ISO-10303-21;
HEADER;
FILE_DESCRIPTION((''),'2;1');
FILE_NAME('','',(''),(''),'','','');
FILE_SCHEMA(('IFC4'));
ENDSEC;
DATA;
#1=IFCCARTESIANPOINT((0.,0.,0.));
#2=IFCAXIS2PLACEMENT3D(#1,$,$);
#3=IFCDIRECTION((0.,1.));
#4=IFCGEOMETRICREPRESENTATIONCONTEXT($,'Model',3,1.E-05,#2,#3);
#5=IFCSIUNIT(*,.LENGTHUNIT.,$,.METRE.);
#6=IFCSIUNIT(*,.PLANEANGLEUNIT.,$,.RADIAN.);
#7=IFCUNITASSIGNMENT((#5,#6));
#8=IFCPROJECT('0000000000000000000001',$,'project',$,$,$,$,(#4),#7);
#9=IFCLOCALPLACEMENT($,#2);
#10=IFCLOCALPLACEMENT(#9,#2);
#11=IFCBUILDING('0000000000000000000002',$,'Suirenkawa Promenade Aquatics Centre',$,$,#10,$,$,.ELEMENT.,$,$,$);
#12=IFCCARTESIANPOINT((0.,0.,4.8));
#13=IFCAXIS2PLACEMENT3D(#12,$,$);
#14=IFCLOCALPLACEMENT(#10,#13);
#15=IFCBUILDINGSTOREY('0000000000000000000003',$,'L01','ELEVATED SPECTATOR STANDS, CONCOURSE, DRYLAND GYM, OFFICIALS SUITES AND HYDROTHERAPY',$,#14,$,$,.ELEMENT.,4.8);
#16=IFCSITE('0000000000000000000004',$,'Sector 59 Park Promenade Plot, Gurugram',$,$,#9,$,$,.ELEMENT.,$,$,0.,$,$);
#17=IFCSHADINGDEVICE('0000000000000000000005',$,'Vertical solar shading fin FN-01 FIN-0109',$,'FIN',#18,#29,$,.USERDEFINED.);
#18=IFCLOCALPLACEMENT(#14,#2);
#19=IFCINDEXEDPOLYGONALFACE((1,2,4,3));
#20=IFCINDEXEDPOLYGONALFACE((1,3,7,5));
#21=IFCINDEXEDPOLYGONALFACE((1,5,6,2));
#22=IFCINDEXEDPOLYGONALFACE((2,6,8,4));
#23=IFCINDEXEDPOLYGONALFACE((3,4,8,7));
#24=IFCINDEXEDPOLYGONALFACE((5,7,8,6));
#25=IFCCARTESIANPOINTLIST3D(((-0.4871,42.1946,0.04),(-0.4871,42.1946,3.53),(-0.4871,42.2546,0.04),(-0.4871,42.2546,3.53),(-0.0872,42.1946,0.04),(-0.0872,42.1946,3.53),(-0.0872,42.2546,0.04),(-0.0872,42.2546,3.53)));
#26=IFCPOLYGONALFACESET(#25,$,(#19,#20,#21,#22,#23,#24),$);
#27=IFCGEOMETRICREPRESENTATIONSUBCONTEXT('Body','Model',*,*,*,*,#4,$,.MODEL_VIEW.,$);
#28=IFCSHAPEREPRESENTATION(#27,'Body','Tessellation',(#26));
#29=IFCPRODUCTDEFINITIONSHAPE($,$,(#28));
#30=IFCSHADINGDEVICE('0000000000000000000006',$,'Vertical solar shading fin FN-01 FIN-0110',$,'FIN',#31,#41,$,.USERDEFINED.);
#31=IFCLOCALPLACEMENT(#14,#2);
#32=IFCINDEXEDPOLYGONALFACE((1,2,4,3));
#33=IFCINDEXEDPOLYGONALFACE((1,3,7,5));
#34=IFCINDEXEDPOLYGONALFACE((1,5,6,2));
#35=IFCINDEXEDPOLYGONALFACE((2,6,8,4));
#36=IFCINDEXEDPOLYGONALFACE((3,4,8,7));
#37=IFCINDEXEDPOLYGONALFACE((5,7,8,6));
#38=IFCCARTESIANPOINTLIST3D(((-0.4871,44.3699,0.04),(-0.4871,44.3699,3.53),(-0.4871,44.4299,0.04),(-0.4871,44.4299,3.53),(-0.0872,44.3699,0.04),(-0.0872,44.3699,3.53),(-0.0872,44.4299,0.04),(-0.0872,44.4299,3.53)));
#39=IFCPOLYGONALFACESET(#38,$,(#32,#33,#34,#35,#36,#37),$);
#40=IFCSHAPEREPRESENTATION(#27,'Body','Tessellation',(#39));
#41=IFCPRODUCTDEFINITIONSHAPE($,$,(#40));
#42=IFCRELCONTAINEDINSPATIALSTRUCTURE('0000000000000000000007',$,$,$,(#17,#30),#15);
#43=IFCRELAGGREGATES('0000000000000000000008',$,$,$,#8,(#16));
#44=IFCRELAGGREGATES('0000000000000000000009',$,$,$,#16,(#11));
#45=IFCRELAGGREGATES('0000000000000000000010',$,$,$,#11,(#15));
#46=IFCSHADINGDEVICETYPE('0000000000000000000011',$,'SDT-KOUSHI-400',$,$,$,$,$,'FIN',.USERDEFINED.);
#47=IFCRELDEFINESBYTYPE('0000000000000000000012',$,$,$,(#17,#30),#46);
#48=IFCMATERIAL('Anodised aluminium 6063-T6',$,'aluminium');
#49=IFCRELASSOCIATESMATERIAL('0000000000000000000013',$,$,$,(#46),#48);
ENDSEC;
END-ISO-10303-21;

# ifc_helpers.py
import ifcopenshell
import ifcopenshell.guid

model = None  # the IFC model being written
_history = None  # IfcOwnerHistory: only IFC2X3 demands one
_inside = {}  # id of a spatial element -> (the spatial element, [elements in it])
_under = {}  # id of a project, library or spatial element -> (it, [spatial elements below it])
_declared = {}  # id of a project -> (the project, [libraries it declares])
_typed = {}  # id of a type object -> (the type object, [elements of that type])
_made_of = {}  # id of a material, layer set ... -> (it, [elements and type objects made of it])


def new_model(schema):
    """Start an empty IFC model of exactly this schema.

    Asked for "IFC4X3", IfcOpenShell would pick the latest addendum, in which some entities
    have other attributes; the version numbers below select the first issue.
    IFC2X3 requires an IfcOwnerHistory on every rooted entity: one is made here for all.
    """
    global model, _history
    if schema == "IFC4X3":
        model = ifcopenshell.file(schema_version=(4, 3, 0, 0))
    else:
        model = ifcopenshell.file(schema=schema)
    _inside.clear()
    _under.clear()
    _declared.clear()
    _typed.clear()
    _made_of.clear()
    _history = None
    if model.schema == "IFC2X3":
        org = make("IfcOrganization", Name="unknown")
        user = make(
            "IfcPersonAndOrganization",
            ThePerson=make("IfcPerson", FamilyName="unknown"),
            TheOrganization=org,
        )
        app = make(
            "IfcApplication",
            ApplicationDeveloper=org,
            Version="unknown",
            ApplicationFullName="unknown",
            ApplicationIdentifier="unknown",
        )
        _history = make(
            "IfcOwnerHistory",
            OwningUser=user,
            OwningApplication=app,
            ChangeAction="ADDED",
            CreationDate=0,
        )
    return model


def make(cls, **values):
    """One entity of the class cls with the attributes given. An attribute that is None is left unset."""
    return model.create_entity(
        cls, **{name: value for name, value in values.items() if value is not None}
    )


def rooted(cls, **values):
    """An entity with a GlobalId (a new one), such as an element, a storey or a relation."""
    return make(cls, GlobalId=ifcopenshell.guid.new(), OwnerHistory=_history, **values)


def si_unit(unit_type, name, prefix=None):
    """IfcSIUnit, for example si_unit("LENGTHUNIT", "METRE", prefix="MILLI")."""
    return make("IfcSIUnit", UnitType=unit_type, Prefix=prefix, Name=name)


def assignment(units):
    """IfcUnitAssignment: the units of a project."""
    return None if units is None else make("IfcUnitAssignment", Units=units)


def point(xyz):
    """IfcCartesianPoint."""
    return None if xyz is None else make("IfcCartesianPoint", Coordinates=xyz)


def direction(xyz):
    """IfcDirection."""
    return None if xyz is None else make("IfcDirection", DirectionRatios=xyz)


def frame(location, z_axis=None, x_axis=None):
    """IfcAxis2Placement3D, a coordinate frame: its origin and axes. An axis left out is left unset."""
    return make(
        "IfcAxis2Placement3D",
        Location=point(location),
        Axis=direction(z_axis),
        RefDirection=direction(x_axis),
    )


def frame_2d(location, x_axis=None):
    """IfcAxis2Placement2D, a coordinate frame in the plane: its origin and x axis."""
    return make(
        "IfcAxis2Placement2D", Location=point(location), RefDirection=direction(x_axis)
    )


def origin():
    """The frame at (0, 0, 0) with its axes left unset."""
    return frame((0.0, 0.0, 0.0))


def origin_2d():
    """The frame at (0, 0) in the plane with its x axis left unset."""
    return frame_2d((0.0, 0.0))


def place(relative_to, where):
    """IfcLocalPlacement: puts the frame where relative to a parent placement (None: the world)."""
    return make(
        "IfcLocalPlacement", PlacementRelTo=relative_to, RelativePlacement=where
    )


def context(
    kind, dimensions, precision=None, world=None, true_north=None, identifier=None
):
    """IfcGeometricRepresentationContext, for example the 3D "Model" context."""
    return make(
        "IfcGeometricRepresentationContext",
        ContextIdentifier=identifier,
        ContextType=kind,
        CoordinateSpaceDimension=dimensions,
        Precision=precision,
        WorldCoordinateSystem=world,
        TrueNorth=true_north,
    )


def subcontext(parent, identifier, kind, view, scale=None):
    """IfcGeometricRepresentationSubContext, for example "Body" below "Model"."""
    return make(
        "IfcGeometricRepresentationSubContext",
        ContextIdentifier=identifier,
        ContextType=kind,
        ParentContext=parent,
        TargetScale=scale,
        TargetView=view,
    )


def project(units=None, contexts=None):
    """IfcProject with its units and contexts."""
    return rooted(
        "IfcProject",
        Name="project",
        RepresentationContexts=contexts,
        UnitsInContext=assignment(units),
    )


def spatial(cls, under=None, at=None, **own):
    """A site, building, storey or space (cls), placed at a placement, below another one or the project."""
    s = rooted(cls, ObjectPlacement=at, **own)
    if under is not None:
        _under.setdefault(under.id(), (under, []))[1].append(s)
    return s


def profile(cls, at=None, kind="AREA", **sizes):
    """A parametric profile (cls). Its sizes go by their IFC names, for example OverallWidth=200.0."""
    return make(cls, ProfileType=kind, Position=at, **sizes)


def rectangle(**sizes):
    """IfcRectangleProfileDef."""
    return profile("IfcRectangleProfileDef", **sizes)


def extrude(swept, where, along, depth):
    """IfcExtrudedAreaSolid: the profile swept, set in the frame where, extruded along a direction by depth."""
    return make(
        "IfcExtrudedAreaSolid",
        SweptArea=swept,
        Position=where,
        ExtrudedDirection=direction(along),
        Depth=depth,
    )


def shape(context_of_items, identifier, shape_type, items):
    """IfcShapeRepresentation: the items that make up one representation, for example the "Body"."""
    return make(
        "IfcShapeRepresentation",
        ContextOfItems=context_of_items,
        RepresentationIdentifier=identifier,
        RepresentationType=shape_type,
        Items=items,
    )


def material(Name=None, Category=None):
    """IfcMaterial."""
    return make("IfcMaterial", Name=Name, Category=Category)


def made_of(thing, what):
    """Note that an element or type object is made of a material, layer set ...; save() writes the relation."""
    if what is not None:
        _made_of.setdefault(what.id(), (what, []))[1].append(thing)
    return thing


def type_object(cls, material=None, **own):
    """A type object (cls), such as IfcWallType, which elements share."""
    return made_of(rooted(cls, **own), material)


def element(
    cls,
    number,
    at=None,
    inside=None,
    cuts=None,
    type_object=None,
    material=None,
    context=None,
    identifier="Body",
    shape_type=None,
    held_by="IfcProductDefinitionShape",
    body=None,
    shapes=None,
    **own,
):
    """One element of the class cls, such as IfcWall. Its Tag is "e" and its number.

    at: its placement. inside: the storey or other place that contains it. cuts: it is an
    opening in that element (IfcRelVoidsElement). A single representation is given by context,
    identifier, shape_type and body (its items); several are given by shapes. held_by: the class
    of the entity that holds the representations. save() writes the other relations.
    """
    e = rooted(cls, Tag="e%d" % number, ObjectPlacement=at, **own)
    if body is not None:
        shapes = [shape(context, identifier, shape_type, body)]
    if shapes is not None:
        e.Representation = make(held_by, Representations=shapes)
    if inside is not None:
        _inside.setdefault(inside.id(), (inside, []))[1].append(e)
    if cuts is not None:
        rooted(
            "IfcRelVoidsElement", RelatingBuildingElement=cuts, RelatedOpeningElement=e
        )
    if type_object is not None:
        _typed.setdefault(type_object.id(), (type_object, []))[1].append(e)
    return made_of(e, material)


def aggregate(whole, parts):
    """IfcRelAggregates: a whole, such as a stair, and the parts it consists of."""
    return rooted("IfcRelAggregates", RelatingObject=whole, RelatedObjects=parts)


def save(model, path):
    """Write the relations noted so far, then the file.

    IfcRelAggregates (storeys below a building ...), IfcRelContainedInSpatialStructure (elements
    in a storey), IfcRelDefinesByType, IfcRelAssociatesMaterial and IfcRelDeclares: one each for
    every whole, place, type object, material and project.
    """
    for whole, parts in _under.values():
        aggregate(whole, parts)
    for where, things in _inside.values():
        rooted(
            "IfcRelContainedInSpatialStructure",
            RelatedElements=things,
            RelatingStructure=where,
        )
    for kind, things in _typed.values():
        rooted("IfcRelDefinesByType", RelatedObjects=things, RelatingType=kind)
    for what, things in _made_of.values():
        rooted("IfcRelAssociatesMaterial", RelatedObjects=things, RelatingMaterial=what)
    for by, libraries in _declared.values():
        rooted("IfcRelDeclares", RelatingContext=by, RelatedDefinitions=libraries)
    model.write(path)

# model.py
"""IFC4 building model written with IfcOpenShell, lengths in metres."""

from ifc_helpers import new_model, si_unit, direction, frame, origin, origin_2d, place, context, subcontext, project, spatial, rectangle, extrude, material, type_object, element, save


model = new_model("IFC4")

# Units and contexts
model_context = context("Model", 3, precision=1e-05, world=origin(), true_north=direction((0.0, 1.0)))
body_context = subcontext(model_context, "Body", "Model", "MODEL_VIEW")
ifc_project = project(units=[si_unit("LENGTHUNIT", "METRE"), si_unit("PLANEANGLEUNIT", "RADIAN")], contexts=[model_context])

# Site, building, storey
site_placement = place(None, origin())
site = spatial("IfcSite", under=ifc_project, at=site_placement, Name="Sector 59 Park Promenade Plot, Gurugram", CompositionType="ELEMENT", RefElevation=0.0)
building_placement = place(site_placement, origin())
building = spatial("IfcBuilding", under=site, at=building_placement, Name="Suirenkawa Promenade Aquatics Centre", CompositionType="ELEMENT")
storey_placement = place(building_placement, frame((0.0, 0.0, 4.8)))
storey = spatial("IfcBuildingStorey", under=building, at=storey_placement, Name="L01", Description="ELEVATED SPECTATOR STANDS, CONCOURSE, DRYLAND GYM, OFFICIALS SUITES AND HYDROTHERAPY", CompositionType="ELEMENT", Elevation=4.8)

# Shared definitions
ifc_material_1 = material(Name="Anodised aluminium 6063-T6", Category="aluminium")

# Shading devices
shading_device_type = type_object("IfcShadingDeviceType", Name="SDT-KOUSHI-400", ElementType="FIN", PredefinedType="USERDEFINED", material=ifc_material_1)
for number, where, z_axis, x_axis, name in (
    (1, (-0.2871, 42.2246, 0.04), (0.0, 0.0, 1.0), (-1.0, 0.0, 0.0), "Vertical solar shading fin FN-01 FIN-0109"),
    (2, (-0.2871, 44.3999, 0.04), (0.0, 0.0, 1.0), (-1.0, 0.0, 0.0), "Vertical solar shading fin FN-01 FIN-0110"),
):
    element("IfcShadingDevice", number, at=place(storey_placement, frame(where, z_axis=z_axis, x_axis=x_axis)), inside=storey, type_object=shading_device_type, Name=name, ObjectType="FIN", PredefinedType="USERDEFINED", context=body_context, shape_type="SweptSolid", body=[
        extrude(rectangle(XDim=0.3999, YDim=0.0601, at=origin_2d()), origin(), (0.0, 0.0, 1.0), 3.49),
    ])

save(model, "model.ifc")
